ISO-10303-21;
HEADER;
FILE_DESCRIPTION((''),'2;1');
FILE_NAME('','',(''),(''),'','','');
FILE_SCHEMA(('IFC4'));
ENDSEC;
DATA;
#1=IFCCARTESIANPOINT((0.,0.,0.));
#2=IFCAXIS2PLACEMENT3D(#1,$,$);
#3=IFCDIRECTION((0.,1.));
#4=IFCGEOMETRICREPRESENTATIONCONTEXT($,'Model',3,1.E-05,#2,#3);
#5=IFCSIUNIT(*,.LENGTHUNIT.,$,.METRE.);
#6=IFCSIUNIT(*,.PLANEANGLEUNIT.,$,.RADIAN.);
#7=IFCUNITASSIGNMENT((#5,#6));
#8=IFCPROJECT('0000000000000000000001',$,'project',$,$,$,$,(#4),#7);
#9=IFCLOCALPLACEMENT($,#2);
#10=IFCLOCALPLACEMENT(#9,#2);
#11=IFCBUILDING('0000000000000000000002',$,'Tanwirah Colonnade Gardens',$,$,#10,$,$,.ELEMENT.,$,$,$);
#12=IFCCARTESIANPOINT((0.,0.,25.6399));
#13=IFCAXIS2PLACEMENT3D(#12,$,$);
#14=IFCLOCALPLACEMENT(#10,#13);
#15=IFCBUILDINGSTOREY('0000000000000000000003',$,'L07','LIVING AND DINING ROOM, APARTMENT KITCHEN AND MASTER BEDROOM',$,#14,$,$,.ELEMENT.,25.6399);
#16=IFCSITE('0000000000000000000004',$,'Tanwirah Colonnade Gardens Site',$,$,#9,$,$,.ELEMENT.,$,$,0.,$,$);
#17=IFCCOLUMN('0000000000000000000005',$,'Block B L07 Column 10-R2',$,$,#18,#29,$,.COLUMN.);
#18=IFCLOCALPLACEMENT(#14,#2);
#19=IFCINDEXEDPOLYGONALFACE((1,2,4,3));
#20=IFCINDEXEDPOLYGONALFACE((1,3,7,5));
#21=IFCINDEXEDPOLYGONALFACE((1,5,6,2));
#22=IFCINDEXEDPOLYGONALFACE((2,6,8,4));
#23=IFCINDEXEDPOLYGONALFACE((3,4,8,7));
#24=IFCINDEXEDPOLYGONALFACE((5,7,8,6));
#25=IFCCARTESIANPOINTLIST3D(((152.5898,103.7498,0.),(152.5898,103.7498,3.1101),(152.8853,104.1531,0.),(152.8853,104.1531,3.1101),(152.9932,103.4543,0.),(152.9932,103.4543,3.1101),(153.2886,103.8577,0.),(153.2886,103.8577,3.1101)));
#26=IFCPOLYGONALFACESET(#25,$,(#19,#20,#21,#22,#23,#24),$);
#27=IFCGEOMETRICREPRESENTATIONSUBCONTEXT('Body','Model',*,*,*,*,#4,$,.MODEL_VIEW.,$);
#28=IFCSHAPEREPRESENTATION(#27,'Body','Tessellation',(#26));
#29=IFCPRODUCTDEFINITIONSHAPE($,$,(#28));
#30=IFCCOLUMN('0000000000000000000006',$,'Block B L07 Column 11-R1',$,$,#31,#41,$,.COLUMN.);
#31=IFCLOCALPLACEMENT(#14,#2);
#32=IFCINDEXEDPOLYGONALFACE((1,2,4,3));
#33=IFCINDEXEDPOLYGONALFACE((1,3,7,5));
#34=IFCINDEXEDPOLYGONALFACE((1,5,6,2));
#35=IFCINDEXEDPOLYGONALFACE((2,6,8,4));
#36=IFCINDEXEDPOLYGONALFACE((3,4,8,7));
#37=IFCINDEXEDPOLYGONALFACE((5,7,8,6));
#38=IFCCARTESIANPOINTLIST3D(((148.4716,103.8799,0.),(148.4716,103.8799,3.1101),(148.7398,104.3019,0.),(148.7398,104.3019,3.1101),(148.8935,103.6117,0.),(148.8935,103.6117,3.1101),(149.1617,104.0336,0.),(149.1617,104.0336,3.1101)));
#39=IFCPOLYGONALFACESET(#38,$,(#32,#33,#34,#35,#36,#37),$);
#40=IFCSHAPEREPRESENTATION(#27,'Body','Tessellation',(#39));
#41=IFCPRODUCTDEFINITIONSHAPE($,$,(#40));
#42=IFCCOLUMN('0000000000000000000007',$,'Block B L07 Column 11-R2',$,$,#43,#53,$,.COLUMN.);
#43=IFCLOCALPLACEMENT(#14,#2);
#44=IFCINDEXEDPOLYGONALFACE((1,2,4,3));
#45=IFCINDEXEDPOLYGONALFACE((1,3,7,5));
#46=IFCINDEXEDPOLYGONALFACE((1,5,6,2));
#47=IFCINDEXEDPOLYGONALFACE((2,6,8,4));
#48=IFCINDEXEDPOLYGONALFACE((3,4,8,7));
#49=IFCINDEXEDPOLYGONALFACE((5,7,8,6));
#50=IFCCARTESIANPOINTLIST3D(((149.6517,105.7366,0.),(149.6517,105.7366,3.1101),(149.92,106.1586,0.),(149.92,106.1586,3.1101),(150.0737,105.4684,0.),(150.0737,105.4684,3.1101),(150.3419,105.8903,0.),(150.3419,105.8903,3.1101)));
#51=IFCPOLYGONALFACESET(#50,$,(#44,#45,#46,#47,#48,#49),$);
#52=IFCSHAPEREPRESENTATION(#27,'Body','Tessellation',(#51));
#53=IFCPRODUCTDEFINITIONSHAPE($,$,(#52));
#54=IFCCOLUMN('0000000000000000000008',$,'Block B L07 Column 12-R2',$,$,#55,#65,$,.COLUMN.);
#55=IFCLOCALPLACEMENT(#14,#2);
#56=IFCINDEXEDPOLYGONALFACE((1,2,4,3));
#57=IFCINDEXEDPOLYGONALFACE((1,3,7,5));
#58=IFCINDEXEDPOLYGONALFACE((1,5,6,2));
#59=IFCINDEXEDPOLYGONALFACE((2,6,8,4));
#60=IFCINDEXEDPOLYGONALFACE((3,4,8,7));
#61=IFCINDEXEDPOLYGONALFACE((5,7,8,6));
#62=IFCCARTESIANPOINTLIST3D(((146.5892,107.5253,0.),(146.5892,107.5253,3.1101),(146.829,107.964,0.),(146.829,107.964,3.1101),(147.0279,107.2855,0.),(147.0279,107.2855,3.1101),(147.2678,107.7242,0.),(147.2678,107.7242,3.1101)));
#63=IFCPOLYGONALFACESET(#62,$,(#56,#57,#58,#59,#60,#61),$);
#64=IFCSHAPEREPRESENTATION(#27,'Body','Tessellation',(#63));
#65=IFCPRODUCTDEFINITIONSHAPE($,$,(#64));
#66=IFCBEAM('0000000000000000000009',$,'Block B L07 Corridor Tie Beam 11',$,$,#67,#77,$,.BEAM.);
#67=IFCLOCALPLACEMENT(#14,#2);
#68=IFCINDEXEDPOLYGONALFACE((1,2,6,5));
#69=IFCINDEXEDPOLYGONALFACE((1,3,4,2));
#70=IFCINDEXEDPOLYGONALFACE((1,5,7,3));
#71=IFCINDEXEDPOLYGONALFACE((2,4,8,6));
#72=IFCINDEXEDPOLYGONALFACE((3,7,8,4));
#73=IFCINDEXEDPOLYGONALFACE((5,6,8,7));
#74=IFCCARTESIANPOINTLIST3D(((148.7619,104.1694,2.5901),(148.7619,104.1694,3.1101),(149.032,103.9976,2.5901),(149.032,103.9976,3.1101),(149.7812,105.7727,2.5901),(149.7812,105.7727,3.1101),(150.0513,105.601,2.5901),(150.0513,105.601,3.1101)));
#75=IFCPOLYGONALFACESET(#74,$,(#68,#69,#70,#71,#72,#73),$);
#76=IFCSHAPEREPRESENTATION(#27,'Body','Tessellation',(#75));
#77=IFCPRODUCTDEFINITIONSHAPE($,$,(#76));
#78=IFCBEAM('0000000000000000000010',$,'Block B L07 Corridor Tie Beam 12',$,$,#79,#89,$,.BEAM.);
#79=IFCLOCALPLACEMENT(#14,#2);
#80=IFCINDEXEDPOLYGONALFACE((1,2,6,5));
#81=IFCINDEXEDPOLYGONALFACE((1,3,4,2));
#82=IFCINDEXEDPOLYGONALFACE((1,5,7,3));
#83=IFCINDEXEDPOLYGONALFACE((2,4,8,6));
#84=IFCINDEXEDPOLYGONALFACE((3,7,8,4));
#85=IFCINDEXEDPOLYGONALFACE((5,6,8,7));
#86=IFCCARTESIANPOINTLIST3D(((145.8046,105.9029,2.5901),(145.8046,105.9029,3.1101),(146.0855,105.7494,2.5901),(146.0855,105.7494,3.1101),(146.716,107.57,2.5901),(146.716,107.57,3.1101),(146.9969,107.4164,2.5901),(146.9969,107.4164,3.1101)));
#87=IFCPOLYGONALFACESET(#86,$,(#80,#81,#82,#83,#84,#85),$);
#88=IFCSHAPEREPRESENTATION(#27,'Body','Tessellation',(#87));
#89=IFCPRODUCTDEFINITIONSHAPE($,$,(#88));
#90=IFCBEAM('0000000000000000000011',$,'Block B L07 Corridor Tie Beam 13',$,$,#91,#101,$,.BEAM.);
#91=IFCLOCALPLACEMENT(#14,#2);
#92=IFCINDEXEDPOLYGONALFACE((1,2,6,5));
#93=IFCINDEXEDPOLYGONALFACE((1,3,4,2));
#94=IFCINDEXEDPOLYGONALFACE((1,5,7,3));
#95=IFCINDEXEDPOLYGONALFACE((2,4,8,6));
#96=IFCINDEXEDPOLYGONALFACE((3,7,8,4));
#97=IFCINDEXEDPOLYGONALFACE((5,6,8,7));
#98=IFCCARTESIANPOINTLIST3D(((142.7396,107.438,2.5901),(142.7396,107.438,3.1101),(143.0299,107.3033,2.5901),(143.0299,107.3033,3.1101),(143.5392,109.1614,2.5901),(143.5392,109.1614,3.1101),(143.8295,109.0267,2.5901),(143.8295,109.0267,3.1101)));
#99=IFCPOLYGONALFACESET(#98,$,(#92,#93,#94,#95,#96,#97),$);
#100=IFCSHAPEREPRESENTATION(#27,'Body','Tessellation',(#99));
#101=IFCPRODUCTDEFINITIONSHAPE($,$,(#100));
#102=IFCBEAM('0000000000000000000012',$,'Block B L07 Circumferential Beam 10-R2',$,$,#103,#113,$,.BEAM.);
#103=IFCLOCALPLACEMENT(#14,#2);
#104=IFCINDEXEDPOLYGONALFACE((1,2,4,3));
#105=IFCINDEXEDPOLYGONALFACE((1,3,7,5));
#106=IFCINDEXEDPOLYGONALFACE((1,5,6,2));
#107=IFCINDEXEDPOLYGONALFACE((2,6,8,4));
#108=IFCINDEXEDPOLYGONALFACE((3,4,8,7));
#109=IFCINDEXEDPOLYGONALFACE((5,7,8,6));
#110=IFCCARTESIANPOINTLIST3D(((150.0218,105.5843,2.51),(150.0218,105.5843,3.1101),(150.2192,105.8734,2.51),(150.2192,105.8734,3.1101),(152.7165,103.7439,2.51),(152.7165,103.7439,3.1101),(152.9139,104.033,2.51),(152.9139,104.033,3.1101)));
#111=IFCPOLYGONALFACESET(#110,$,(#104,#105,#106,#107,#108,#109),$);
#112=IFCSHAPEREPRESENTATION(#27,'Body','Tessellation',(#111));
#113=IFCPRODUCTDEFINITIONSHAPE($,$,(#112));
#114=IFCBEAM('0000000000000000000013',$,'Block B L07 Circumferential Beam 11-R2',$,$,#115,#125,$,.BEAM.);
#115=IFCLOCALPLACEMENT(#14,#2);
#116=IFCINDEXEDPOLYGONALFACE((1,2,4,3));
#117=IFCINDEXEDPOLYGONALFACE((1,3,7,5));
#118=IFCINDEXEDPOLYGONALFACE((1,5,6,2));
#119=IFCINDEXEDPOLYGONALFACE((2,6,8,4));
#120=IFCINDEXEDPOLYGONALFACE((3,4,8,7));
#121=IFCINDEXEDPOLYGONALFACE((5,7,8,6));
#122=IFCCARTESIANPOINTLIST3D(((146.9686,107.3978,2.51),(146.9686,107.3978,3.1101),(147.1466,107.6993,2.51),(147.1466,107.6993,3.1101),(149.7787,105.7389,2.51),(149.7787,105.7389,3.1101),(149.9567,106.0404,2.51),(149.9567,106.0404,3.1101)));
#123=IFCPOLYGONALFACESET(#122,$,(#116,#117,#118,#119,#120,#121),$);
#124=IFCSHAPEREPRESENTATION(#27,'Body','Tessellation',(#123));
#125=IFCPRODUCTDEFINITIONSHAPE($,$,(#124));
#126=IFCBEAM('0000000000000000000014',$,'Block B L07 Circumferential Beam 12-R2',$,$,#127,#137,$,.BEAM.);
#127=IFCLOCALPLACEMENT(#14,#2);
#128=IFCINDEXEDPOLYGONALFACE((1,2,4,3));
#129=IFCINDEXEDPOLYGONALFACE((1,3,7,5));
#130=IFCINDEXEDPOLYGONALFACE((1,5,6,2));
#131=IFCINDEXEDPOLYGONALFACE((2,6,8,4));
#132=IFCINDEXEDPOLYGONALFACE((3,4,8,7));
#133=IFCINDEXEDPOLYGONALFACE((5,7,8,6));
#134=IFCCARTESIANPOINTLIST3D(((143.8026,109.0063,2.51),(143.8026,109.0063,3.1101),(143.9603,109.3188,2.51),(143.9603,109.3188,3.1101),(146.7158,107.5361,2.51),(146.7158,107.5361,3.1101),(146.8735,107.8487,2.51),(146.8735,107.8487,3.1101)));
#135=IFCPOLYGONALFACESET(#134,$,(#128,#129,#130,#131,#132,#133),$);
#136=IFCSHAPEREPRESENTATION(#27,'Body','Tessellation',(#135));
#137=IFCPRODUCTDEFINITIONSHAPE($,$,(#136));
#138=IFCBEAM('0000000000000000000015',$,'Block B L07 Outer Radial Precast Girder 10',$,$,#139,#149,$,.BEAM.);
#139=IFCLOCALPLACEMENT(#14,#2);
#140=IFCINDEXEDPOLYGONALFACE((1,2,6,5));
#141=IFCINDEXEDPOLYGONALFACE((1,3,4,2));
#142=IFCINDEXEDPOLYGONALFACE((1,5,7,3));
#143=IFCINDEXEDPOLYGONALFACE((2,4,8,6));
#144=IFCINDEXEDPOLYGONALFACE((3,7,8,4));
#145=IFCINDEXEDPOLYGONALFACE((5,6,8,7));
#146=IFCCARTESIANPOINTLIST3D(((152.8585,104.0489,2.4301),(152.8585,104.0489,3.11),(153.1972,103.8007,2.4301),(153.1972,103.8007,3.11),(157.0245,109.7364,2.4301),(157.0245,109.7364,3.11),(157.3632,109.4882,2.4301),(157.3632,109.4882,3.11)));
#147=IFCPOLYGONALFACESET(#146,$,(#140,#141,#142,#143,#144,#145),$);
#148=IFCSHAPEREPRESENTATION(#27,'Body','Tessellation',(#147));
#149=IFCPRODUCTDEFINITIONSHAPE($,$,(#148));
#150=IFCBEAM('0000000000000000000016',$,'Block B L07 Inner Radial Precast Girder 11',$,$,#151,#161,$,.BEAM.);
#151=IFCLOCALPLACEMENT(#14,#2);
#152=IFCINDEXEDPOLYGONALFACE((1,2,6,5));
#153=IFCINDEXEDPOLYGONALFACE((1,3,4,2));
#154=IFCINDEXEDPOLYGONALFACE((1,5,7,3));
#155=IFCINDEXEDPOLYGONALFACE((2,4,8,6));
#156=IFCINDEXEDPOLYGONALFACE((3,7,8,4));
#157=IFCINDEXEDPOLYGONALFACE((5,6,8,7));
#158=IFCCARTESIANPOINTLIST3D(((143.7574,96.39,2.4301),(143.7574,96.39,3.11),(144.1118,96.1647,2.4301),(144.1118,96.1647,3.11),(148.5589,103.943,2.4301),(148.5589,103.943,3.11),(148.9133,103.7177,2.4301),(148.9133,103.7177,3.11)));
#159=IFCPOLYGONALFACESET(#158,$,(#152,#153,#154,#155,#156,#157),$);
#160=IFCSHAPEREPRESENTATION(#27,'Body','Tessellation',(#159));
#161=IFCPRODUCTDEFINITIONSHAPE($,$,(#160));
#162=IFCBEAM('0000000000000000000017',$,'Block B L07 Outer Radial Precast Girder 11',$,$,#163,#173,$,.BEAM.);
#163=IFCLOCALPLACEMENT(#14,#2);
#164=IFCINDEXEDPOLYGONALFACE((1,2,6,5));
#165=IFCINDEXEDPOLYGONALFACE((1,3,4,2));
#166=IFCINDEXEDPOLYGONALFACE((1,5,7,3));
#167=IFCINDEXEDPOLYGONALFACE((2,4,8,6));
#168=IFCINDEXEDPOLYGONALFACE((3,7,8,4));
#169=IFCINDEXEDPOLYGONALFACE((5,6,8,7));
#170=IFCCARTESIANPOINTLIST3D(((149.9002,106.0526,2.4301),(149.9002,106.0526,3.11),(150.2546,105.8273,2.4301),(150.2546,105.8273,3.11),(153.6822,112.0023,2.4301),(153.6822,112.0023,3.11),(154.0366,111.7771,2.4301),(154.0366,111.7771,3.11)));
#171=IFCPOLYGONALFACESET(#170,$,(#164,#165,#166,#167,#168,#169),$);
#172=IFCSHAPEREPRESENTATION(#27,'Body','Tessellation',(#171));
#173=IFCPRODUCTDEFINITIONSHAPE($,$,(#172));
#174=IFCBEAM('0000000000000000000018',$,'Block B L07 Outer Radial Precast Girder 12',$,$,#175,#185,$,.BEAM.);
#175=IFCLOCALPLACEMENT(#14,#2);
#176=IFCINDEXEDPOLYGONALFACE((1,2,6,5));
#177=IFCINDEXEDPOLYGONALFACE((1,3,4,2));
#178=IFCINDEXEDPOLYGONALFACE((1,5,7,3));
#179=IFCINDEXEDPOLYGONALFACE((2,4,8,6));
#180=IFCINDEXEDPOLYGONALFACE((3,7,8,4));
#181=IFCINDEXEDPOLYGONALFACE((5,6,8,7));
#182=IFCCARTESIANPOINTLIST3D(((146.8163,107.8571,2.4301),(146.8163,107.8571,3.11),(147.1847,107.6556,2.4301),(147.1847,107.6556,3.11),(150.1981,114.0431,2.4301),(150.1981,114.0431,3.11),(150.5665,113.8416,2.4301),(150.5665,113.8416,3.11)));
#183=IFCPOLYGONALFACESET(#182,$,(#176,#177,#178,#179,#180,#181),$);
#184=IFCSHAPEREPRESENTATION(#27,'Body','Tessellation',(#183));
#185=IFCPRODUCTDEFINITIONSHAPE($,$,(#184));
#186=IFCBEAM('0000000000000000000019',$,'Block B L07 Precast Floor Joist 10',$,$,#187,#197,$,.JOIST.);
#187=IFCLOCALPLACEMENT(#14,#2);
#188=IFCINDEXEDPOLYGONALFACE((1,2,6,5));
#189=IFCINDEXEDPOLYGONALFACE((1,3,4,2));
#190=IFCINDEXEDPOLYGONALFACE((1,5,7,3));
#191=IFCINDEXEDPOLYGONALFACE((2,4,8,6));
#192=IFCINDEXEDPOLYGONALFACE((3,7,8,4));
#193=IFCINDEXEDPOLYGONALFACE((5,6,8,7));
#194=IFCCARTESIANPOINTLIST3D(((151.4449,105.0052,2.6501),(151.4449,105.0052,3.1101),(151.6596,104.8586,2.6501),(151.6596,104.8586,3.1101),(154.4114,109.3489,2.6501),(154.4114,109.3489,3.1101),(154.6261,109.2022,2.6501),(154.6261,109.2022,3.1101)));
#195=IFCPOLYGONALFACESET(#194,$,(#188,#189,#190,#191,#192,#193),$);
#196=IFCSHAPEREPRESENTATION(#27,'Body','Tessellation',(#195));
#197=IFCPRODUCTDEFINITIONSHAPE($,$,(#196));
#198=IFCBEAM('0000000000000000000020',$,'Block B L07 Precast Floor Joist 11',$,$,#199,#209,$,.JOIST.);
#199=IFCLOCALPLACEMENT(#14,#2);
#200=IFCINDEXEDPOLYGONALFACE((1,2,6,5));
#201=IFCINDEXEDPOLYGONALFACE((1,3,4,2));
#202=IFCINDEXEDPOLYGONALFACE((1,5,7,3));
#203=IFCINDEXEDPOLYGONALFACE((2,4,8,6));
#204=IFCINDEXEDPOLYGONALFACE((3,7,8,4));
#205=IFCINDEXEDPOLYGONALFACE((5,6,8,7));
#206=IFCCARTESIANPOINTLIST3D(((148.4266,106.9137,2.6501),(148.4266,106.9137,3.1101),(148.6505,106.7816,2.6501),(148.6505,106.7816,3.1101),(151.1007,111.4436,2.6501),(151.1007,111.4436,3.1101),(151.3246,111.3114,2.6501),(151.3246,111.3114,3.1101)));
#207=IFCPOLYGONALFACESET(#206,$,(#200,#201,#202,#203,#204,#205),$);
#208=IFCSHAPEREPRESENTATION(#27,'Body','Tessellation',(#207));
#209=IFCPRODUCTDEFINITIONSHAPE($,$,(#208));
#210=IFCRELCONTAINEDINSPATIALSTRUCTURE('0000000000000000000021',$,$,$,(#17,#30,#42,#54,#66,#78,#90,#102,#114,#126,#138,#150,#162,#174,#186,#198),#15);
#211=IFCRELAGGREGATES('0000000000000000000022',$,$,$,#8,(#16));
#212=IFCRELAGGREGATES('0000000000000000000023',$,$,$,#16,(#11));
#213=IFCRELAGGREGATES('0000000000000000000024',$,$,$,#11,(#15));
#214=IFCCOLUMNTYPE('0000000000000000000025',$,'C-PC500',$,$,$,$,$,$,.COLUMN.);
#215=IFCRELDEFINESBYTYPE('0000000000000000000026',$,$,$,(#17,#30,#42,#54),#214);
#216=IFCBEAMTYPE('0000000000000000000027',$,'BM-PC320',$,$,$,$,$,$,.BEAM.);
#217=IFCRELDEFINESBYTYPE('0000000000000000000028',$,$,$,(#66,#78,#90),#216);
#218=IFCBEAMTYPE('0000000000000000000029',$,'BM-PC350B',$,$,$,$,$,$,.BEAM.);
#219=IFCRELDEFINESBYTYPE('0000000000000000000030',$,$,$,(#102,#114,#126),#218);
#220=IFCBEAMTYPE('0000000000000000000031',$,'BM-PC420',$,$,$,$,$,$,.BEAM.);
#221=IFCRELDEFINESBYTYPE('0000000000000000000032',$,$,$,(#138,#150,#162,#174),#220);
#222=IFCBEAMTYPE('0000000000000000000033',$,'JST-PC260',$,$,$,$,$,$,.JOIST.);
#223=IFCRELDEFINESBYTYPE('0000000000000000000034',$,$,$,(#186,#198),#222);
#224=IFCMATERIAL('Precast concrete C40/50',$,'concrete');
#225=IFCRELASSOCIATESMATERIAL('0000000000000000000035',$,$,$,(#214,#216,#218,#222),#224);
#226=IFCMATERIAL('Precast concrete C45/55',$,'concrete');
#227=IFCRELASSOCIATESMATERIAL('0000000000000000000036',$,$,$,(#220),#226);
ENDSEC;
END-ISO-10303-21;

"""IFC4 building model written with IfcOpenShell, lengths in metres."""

from ifc_helpers import new_model, si_unit, direction, frame, origin, origin_2d, place, context, subcontext, project, spatial, rectangle, extrude, material, material_profile, profile_set, type_object, element, save


model = new_model("IFC4")

# Units and contexts
model_context = context("Model", 3, precision=1e-05, world=origin(), true_north=direction((0.0, 1.0)))
body_context = subcontext(model_context, "Body", "Model", "MODEL_VIEW")
ifc_project = project(units=[si_unit("LENGTHUNIT", "METRE"), si_unit("PLANEANGLEUNIT", "RADIAN")], contexts=[model_context])

# Site, building, storey
site_placement = place(None, origin())
site = spatial("IfcSite", under=ifc_project, at=site_placement, Name="Tanwirah Colonnade Gardens Site", CompositionType="ELEMENT", RefElevation=0.0)
building_placement = place(site_placement, origin())
building = spatial("IfcBuilding", under=site, at=building_placement, Name="Tanwirah Colonnade Gardens", CompositionType="ELEMENT")
storey_placement = place(building_placement, frame((0.0, 0.0, 25.6399)))
storey = spatial("IfcBuildingStorey", under=building, at=storey_placement, Name="L07", Description="LIVING AND DINING ROOM, APARTMENT KITCHEN AND MASTER BEDROOM", CompositionType="ELEMENT", Elevation=25.6399)

# Columns
ifc_material_1 = material(Name="Precast concrete C40/50", Category="concrete")
ifc_material_profile_1 = material_profile(ifc_material_1, rectangle(XDim=0.5, YDim=0.5, at=origin_2d()), Name="PC-COL 500x500")
ifc_profile_set_1 = profile_set([ifc_material_profile_1], Name="Precast concrete C40/50")
column_type = type_object("IfcColumnType", Name="C-PC500", PredefinedType="COLUMN", material=ifc_profile_set_1)
for number, where, z_axis, x_axis, name in (
    (1, (152.9392, 103.8037, 0.0), (0.0, 0.0, 1.0), (0.590919, 0.806731, 0.0), "Block B L07 Column 10-R2"),
    (2, (148.8167, 103.9568, 0.0), (0.0, 0.0, 1.0), (0.536482, 0.843912, 0.0), "Block B L07 Column 11-R1"),
    (3, (149.9968, 105.8135, 0.0), (0.0, 0.0, 1.0), (0.536482, 0.843912, 0.0), "Block B L07 Column 11-R2"),
    (4, (146.9285, 107.6248, 0.0), (0.0, 0.0, 1.0), (0.479713, 0.877425, 0.0), "Block B L07 Column 12-R2"),
):
    element("IfcColumn", number, at=place(storey_placement, frame(where, z_axis=z_axis, x_axis=x_axis)), inside=storey, type_object=column_type, Name=name, PredefinedType="COLUMN", context=body_context, shape_type="SweptSolid", body=[
        extrude(rectangle(XDim=0.5, YDim=0.5, at=origin_2d()), origin(), (0.0, 0.0, 1.0), 3.1101),
    ])

# Beams
ifc_material_profile_2 = material_profile(ifc_material_1, rectangle(XDim=0.3201, YDim=0.52, at=origin_2d()), Name="PC-BM 320x520")
ifc_profile_set_2 = profile_set([ifc_material_profile_2], Name="Precast concrete C40/50")
beam_type_1 = type_object("IfcBeamType", Name="BM-PC320", PredefinedType="BEAM", material=ifc_profile_set_2)
for number, where, z_axis, x_axis, name in (
    (5, (148.897, 104.0835, 2.8501), (0.53651, 0.843894, 0.0), (-0.843894, 0.53651, 0.0), "Block B L07 Corridor Tie Beam 11"),
    (6, (145.9451, 105.8262, 2.8501), (0.479707, 0.877429, 0.0), (-0.877429, 0.479707, 0.0), "Block B L07 Corridor Tie Beam 12"),
    (7, (142.8848, 107.3706, 2.8501), (0.420858, 0.907126, 0.0), (-0.907126, 0.420858, 0.0), "Block B L07 Corridor Tie Beam 13"),
):
    element("IfcBeam", number, at=place(storey_placement, frame(where, z_axis=z_axis, x_axis=x_axis)), inside=storey, type_object=beam_type_1, Name=name, PredefinedType="BEAM", context=body_context, shape_type="SweptSolid", body=[
        extrude(rectangle(XDim=0.3201, YDim=0.52, at=origin_2d()), origin(), (0.0, 0.0, 1.0), 1.8999),
    ])
ifc_material_profile_3 = material_profile(ifc_material_1, rectangle(XDim=0.3501, YDim=0.6001, at=origin_2d()), Name="PC-BM 350x600")
ifc_profile_set_3 = profile_set([ifc_material_profile_3], Name="Precast concrete C40/50")
beam_type_2 = type_object("IfcBeamType", Name="BM-PC350B", PredefinedType="BEAM", material=ifc_profile_set_3)
for number, where, z_axis, x_axis, name in (
    (8, (152.8152, 103.8884, 2.8101), (-0.825782, 0.563989, 0.0), (-0.563989, -0.825782, 0.0), "Block B L07 Circumferential Beam 10-R2"),
    (9, (149.8677, 105.8896, 2.8101), (-0.861135, 0.508376, 0.0), (-0.508376, -0.861135, 0.0), "Block B L07 Circumferential Beam 11-R2"),
    (10, (146.7947, 107.6924, 2.8101), (-0.89276, 0.450532, 0.0), (-0.450532, -0.89276, 0.0), "Block B L07 Circumferential Beam 12-R2"),
):
    element("IfcBeam", number, at=place(storey_placement, frame(where, z_axis=z_axis, x_axis=x_axis)), inside=storey, type_object=beam_type_2, Name=name, PredefinedType="BEAM", context=body_context, shape_type="SweptSolid", body=[
        extrude(rectangle(XDim=0.3501, YDim=0.6001, at=origin_2d()), origin(), (0.0, 0.0, 1.0), 3.2632),
    ])
ifc_material_2 = material(Name="Precast concrete C45/55", Category="concrete")
ifc_material_profile_4 = material_profile(ifc_material_2, rectangle(XDim=0.4199, YDim=0.6799, at=origin_2d()), Name="PC-BM 420x680")
ifc_profile_set_4 = profile_set([ifc_material_profile_4], Name="Precast concrete C45/55")
beam_type_3 = type_object("IfcBeamType", Name="BM-PC420", PredefinedType="BEAM", material=ifc_profile_set_4)
beam_1_placement = place(storey_placement, frame((153.0278, 103.9248, 2.77), z_axis=(0.590919, 0.806731, 0.0), x_axis=(-0.806731, 0.590919, 0.0)))
element("IfcBeam", 11, at=beam_1_placement, inside=storey, type_object=beam_type_3, Name="Block B L07 Outer Radial Precast Girder 10", PredefinedType="BEAM", context=body_context, shape_type="SweptSolid", body=[
    extrude(rectangle(XDim=0.4199, YDim=0.6799, at=origin_2d()), origin(), (0.0, 0.0, 1.0), 7.05),
])
beam_2_placement = place(storey_placement, frame((148.7361, 103.8303, 2.77), z_axis=(-0.536484, -0.843911, 0.0), x_axis=(0.843911, -0.536484, 0.0)))
element("IfcBeam", 12, at=beam_2_placement, inside=storey, type_object=beam_type_3, Name="Block B L07 Inner Radial Precast Girder 11", PredefinedType="BEAM", context=body_context, shape_type="SweptSolid", body=[
    extrude(rectangle(XDim=0.4199, YDim=0.6799, at=origin_2d()), origin(), (0.0, 0.0, 1.0), 8.95),
])
for number, where, z_axis, x_axis, name in (
    (13, (150.0774, 105.9399, 2.77), (0.536452, 0.843931, 0.0), (-0.843931, 0.536452, 0.0), "Block B L07 Outer Radial Precast Girder 11"),
    (14, (147.0005, 107.7563, 2.77), (0.479687, 0.87744, 0.0), (-0.87744, 0.479687, 0.0), "Block B L07 Outer Radial Precast Girder 12"),
):
    element("IfcBeam", number, at=place(storey_placement, frame(where, z_axis=z_axis, x_axis=x_axis)), inside=storey, type_object=beam_type_3, Name=name, PredefinedType="BEAM", context=body_context, shape_type="SweptSolid", body=[
        extrude(rectangle(XDim=0.4199, YDim=0.6799, at=origin_2d()), origin(), (0.0, 0.0, 1.0), 7.05),
    ])
ifc_material_profile_5 = material_profile(ifc_material_1, rectangle(XDim=0.26, YDim=0.46, at=origin_2d()), Name="PC-JST 260x460")
ifc_profile_set_5 = profile_set([ifc_material_profile_5], Name="Precast concrete C40/50")
beam_type_4 = type_object("IfcBeamType", Name="JST-PC260", PredefinedType="JOIST", material=ifc_profile_set_5)
beam_3_placement = place(storey_placement, frame((151.5522, 104.9319, 2.8801), z_axis=(0.563973, 0.825793, 0.0), x_axis=(-0.825793, 0.563973, 0.0)))
element("IfcBeam", 15, at=beam_3_placement, inside=storey, type_object=beam_type_4, Name="Block B L07 Precast Floor Joist 10", PredefinedType="JOIST", context=body_context, shape_type="SweptSolid", body=[
    extrude(rectangle(XDim=0.26, YDim=0.46, at=origin_2d()), origin(), (0.0, 0.0, 1.0), 5.26),
])
beam_4_placement = place(storey_placement, frame((148.5386, 106.8477, 2.8801), z_axis=(0.50836, 0.861145, 0.0), x_axis=(-0.861145, 0.50836, 0.0)))
element("IfcBeam", 16, at=beam_4_placement, inside=storey, type_object=beam_type_4, Name="Block B L07 Precast Floor Joist 11", PredefinedType="JOIST", context=body_context, shape_type="SweptSolid", body=[
    extrude(rectangle(XDim=0.26, YDim=0.46, at=origin_2d()), origin(), (0.0, 0.0, 1.0), 5.2603),
])

save(model, "model.ifc")
